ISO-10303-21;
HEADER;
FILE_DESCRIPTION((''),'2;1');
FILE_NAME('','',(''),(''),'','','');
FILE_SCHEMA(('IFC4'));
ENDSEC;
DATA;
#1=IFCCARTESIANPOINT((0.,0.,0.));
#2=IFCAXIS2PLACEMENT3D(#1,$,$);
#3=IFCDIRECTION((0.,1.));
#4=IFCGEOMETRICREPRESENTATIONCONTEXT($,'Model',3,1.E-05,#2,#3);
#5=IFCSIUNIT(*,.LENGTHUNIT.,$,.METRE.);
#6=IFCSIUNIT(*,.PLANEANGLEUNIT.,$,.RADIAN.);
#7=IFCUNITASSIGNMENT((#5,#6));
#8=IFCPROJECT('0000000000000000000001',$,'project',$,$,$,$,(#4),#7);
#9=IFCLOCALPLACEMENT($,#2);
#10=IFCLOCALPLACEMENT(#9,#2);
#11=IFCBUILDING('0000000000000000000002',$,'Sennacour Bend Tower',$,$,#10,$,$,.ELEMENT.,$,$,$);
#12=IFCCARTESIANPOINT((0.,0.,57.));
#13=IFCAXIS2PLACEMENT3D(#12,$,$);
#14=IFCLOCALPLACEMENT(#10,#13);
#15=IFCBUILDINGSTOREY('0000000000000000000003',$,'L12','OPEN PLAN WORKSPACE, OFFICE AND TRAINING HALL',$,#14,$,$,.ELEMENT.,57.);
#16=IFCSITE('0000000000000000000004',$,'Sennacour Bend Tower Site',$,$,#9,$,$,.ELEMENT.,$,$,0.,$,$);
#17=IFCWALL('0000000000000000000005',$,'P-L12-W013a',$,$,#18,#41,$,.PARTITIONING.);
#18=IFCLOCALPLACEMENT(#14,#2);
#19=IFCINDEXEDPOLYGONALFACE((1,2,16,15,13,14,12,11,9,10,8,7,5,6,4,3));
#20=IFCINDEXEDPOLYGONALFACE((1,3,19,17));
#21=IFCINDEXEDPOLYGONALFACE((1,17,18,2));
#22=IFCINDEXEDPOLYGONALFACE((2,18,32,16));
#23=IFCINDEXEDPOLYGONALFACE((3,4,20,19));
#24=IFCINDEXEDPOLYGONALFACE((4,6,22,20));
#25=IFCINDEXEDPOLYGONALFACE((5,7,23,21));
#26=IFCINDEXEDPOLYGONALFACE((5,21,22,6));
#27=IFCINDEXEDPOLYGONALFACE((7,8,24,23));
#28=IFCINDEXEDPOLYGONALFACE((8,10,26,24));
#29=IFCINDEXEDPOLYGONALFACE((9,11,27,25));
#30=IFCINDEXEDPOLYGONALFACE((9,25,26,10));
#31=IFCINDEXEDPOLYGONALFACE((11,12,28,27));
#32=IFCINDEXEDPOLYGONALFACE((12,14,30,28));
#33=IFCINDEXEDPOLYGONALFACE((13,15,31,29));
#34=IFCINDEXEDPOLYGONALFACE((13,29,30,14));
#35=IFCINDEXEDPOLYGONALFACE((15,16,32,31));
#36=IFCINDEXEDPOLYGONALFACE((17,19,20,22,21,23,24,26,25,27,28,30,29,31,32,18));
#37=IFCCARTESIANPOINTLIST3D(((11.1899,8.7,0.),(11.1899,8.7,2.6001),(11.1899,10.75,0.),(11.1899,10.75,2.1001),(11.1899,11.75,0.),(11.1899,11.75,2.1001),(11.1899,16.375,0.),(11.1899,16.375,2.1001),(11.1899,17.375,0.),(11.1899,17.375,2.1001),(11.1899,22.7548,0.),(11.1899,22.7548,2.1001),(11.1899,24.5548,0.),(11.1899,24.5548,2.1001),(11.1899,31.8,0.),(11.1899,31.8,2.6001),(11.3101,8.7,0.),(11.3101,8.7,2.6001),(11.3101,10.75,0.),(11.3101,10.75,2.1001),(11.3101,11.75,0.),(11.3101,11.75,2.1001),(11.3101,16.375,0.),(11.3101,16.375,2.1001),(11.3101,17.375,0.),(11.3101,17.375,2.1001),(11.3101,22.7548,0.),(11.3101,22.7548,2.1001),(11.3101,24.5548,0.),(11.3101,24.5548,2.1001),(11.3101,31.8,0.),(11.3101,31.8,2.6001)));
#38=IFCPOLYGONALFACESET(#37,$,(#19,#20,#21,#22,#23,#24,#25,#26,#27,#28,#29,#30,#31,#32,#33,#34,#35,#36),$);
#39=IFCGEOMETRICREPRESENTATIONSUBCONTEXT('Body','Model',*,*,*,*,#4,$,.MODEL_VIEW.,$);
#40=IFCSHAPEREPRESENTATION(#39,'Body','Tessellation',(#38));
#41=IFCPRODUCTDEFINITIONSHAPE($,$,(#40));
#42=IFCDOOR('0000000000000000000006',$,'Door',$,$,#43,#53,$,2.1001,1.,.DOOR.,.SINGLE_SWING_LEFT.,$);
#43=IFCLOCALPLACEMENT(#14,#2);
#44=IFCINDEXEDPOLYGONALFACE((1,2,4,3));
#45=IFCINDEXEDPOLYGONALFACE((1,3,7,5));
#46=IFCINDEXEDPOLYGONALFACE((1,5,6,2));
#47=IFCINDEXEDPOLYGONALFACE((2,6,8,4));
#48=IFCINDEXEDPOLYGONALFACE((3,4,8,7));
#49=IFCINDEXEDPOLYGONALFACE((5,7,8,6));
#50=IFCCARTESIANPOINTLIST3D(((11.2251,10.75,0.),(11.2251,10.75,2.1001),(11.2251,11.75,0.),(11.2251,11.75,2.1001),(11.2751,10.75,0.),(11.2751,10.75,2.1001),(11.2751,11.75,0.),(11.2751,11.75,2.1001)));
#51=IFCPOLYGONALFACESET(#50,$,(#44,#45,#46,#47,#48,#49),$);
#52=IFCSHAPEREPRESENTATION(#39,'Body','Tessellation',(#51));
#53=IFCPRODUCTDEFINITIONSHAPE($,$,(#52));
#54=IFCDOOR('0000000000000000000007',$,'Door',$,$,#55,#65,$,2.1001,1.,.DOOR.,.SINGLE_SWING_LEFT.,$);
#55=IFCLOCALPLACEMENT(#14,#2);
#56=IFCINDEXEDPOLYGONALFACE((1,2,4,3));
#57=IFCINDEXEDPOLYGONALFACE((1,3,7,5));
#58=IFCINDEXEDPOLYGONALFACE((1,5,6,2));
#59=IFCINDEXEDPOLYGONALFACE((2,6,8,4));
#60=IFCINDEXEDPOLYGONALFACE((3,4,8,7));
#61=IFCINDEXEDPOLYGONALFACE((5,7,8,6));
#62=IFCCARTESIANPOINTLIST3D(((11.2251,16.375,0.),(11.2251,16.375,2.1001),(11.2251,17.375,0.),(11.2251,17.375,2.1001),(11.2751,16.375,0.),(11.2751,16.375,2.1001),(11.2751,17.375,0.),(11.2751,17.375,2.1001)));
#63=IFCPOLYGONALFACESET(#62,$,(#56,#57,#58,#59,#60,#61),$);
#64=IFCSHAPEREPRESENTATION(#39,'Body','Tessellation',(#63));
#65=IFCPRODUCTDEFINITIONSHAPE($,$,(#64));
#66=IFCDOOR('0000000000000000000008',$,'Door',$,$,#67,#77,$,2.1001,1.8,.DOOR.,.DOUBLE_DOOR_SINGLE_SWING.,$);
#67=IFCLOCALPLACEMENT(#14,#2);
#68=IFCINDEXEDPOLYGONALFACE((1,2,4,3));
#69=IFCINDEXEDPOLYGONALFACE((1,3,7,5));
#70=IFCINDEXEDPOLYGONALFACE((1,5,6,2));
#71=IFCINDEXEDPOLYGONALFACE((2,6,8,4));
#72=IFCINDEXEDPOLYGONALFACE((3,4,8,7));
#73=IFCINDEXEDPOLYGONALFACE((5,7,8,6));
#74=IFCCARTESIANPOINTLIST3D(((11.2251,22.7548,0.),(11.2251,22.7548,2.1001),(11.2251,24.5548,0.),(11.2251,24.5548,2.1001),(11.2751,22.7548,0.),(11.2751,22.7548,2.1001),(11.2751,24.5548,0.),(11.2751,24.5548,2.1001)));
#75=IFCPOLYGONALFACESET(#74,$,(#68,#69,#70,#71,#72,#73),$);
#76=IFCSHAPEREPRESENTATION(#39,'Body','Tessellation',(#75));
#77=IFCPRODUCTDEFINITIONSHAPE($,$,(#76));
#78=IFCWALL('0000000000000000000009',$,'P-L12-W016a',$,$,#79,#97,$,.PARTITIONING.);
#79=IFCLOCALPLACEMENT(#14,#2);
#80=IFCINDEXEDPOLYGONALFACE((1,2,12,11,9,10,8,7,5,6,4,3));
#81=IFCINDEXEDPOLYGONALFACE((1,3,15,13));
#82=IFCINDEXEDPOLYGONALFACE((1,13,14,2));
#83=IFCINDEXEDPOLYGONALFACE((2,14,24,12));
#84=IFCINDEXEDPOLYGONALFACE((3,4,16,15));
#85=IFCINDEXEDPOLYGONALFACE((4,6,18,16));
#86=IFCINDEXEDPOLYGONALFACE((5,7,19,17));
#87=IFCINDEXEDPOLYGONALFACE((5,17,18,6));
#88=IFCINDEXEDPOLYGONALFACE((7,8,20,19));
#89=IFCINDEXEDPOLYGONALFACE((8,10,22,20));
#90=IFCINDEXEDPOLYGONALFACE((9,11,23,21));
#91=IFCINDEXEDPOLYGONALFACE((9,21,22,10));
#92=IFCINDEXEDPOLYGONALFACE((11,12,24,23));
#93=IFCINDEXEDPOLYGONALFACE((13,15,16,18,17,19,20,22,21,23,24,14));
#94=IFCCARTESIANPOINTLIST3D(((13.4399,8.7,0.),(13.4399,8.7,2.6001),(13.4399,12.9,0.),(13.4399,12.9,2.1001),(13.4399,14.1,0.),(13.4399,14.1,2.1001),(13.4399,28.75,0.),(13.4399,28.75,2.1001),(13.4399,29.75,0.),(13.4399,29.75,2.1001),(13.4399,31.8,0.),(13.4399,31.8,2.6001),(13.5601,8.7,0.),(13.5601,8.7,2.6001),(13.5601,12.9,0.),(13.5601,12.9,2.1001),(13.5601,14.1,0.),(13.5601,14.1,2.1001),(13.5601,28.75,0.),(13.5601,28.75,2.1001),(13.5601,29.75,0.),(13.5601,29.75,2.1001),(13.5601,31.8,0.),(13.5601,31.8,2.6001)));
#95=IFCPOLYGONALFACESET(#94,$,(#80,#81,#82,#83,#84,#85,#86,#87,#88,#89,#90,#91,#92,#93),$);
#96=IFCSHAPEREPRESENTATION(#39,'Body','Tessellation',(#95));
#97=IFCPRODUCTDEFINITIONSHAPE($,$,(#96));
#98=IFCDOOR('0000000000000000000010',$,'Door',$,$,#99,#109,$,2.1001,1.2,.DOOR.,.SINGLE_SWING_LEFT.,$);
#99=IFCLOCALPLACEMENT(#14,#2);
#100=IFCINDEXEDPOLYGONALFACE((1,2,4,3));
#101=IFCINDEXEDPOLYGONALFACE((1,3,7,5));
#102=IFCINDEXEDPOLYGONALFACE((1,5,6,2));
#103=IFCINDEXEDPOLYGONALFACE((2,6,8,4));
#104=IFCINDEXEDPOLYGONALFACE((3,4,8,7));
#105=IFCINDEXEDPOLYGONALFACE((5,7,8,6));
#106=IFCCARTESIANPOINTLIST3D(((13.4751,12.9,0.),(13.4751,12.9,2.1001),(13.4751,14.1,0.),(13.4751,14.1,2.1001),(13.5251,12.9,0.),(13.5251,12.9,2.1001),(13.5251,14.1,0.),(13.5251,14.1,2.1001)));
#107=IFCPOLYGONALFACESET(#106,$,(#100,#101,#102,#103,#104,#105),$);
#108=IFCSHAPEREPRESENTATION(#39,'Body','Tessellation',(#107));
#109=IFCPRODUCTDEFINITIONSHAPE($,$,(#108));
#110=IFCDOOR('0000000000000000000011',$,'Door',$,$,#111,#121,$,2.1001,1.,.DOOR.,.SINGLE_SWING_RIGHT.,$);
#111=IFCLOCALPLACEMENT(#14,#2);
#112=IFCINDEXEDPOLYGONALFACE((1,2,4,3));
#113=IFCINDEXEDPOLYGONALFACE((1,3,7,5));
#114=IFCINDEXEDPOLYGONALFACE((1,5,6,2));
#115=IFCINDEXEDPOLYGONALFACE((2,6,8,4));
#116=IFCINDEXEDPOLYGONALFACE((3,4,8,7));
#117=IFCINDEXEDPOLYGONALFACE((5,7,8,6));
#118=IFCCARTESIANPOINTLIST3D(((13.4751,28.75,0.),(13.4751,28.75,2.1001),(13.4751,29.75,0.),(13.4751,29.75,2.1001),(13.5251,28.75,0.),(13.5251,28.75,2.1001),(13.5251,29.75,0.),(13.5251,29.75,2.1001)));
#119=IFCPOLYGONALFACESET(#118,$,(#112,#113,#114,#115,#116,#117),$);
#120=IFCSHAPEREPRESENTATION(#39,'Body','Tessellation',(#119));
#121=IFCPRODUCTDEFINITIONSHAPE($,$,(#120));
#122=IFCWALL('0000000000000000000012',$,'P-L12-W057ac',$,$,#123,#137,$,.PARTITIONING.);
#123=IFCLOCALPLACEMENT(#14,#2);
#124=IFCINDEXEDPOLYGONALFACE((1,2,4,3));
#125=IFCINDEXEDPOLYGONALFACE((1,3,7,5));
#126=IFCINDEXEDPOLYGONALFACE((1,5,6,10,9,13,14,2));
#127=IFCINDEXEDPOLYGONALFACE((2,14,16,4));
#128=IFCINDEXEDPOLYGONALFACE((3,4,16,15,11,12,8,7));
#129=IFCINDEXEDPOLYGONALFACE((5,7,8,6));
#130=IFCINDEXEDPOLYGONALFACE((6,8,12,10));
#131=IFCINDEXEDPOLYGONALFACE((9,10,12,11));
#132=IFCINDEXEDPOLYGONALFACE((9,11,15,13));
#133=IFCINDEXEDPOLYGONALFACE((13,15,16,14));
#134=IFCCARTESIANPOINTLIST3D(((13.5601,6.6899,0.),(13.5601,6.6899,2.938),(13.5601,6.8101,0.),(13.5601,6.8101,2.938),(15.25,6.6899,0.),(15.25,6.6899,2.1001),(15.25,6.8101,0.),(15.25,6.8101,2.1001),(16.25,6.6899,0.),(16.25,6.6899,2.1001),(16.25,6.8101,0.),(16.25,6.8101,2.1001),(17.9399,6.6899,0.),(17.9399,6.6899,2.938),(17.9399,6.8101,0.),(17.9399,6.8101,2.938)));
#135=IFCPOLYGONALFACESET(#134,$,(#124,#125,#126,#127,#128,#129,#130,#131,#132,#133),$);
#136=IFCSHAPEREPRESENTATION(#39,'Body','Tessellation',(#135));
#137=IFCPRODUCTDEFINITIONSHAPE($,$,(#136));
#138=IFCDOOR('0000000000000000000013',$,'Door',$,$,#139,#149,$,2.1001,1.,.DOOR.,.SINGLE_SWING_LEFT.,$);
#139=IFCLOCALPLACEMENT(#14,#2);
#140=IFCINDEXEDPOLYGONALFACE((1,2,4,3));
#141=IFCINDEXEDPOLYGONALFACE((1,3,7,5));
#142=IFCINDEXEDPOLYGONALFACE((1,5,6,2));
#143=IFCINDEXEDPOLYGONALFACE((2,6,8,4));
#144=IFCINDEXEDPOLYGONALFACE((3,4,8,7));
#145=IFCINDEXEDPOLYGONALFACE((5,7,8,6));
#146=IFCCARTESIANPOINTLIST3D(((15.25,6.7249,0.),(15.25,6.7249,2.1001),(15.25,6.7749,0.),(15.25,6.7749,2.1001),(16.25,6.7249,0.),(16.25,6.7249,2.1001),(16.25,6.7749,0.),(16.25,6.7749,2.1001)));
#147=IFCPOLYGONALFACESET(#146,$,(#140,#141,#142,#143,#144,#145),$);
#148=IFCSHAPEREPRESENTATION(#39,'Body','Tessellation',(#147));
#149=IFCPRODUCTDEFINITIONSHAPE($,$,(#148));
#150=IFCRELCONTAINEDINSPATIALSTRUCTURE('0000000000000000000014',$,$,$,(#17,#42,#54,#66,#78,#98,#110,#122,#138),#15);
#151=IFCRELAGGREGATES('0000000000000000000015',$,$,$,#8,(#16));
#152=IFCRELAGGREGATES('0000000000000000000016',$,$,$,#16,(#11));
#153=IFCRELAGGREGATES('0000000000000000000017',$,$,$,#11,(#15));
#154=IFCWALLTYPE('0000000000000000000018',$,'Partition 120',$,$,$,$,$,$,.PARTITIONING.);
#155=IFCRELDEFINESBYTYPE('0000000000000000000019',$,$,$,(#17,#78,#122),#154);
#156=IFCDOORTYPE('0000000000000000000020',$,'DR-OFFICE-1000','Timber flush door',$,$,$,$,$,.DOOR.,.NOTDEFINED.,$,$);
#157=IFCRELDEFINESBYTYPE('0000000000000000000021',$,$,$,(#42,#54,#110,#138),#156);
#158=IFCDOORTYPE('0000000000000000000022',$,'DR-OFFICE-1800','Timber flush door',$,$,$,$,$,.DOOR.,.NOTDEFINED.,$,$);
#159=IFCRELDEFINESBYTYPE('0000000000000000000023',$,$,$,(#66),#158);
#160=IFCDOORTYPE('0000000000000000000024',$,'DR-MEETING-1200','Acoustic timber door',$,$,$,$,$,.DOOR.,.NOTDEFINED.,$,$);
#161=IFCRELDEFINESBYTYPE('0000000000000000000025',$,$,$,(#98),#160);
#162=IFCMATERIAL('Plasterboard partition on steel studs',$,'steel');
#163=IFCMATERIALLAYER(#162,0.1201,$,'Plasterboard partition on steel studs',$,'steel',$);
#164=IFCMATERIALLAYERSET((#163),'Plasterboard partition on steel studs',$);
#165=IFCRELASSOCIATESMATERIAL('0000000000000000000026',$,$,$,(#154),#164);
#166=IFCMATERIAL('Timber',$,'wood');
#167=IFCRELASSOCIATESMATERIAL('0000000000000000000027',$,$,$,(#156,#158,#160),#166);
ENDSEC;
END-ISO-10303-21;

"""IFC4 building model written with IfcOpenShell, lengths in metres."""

from ifc_helpers import new_model, si_unit, direction, frame, frame_2d, origin, place, context, subcontext, project, spatial, rectangle, extrude, material, layer, layer_set, type_object, element, fill, save


model = new_model("IFC4")

# Units and contexts
model_context = context("Model", 3, precision=1e-05, world=origin(), true_north=direction((0.0, 1.0)))
body_context = subcontext(model_context, "Body", "Model", "MODEL_VIEW")
ifc_project = project(units=[si_unit("LENGTHUNIT", "METRE"), si_unit("PLANEANGLEUNIT", "RADIAN")], contexts=[model_context])

# Site, building, storey
site_placement = place(None, origin())
site = spatial("IfcSite", under=ifc_project, at=site_placement, Name="Sennacour Bend Tower Site", CompositionType="ELEMENT", RefElevation=0.0)
building_placement = place(site_placement, origin())
building = spatial("IfcBuilding", under=site, at=building_placement, Name="Sennacour Bend Tower", CompositionType="ELEMENT")
storey_placement = place(building_placement, frame((0.0, 0.0, 57.0)))
storey = spatial("IfcBuildingStorey", under=building, at=storey_placement, Name="L12", Description="OPEN PLAN WORKSPACE, OFFICE AND TRAINING HALL", CompositionType="ELEMENT", Elevation=57.0)

# Walls, openings, doors
ifc_material_1 = material(Name="Plasterboard partition on steel studs", Category="steel")
ifc_layer_1 = layer(ifc_material_1, 0.1201, Name="Plasterboard partition on steel studs", Category="steel")
ifc_layer_set_1 = layer_set([ifc_layer_1], Name="Plasterboard partition on steel studs")
wall_type_1 = type_object("IfcWallType", Name="Partition 120", PredefinedType="PARTITIONING", material=ifc_layer_set_1)
wall_1_placement = place(storey_placement, frame((11.25, 8.7, 0.0), z_axis=(0.0, 0.0, 1.0), x_axis=(0.0, 1.0, 0.0)))
wall_1 = element("IfcWall", 1, at=wall_1_placement, inside=storey, type_object=wall_type_1, Name="P-L12-W013a", PredefinedType="PARTITIONING", context=body_context, shape_type="SweptSolid", body=[
    extrude(rectangle(XDim=23.1001, YDim=0.1201, at=frame_2d((11.55, 0.0))), origin(), (0.0, 0.0, 1.0), 2.6001),
])
opening_1_placement = place(wall_1_placement, frame((2.05, 0.0, 0.0)))
opening_1 = element("IfcOpeningElement", 2, at=opening_1_placement, cuts=wall_1, PredefinedType="OPENING", context=body_context, shape_type="SweptSolid", body=[
    extrude(rectangle(XDim=1.0, YDim=2.1001, at=frame_2d((0.5, 1.05))), frame((0.0, 0.0701, 0.0), z_axis=(0.0, -1.0, 0.0), x_axis=(1.0, 0.0, 0.0)), (0.0, 0.0, 1.0), 0.1401),
])
opening_2_placement = place(wall_1_placement, frame((7.675, 0.0, 0.0)))
opening_2 = element("IfcOpeningElement", 3, at=opening_2_placement, cuts=wall_1, PredefinedType="OPENING", context=body_context, shape_type="SweptSolid", body=[
    extrude(rectangle(XDim=1.0, YDim=2.1001, at=frame_2d((0.5, 1.05))), frame((0.0, 0.0701, 0.0), z_axis=(0.0, -1.0, 0.0), x_axis=(1.0, 0.0, 0.0)), (0.0, 0.0, 1.0), 0.1401),
])
opening_3_placement = place(wall_1_placement, frame((14.0549, 0.0, 0.0)))
opening_3 = element("IfcOpeningElement", 4, at=opening_3_placement, cuts=wall_1, PredefinedType="OPENING", context=body_context, shape_type="SweptSolid", body=[
    extrude(rectangle(XDim=1.8, YDim=2.1001, at=frame_2d((0.8999, 1.05))), frame((0.0, 0.0701, 0.0), z_axis=(0.0, -1.0, 0.0), x_axis=(1.0, 0.0, 0.0)), (0.0, 0.0, 1.0), 0.1401),
])
ifc_material_2 = material(Name="Timber", Category="wood")
door_type_1 = type_object("IfcDoorType", Name="DR-OFFICE-1000", Description="Timber flush door", OperationType="NOTDEFINED", PredefinedType="DOOR", material=ifc_material_2)
door_1_placement = place(opening_1_placement, origin())
door_1 = element("IfcDoor", 5, at=door_1_placement, inside=storey, type_object=door_type_1, Name="Door", OperationType="SINGLE_SWING_LEFT", OverallHeight=2.1001, OverallWidth=1.0, PredefinedType="DOOR", context=body_context, shape_type="SweptSolid", body=[
    extrude(rectangle(XDim=1.0, YDim=2.1001, at=frame_2d((0.5, 1.05))), frame((0.0, 0.0249, 0.0), z_axis=(0.0, -1.0, 0.0), x_axis=(1.0, 0.0, 0.0)), (0.0, 0.0, 1.0), 0.05),
])
fill(opening_1, door_1)
door_2_placement = place(opening_2_placement, origin())
door_2 = element("IfcDoor", 6, at=door_2_placement, inside=storey, type_object=door_type_1, Name="Door", OperationType="SINGLE_SWING_LEFT", OverallHeight=2.1001, OverallWidth=1.0, PredefinedType="DOOR", context=body_context, shape_type="SweptSolid", body=[
    extrude(rectangle(XDim=1.0, YDim=2.1001, at=frame_2d((0.5, 1.05))), frame((0.0, 0.0249, 0.0), z_axis=(0.0, -1.0, 0.0), x_axis=(1.0, 0.0, 0.0)), (0.0, 0.0, 1.0), 0.05),
])
fill(opening_2, door_2)
door_type_2 = type_object("IfcDoorType", Name="DR-OFFICE-1800", Description="Timber flush door", OperationType="NOTDEFINED", PredefinedType="DOOR", material=ifc_material_2)
door_3_placement = place(opening_3_placement, origin())
door_3 = element("IfcDoor", 7, at=door_3_placement, inside=storey, type_object=door_type_2, Name="Door", OperationType="DOUBLE_DOOR_SINGLE_SWING", OverallHeight=2.1001, OverallWidth=1.8, PredefinedType="DOOR", context=body_context, shape_type="SweptSolid", body=[
    extrude(rectangle(XDim=1.8, YDim=2.1001, at=frame_2d((0.8999, 1.05))), frame((0.0, 0.0249, 0.0), z_axis=(0.0, -1.0, 0.0), x_axis=(1.0, 0.0, 0.0)), (0.0, 0.0, 1.0), 0.05),
])
fill(opening_3, door_3)
wall_2_placement = place(storey_placement, frame((13.5, 8.7, 0.0), z_axis=(0.0, 0.0, 1.0), x_axis=(0.0, 1.0, 0.0)))
wall_2 = element("IfcWall", 8, at=wall_2_placement, inside=storey, type_object=wall_type_1, Name="P-L12-W016a", PredefinedType="PARTITIONING", context=body_context, shape_type="SweptSolid", body=[
    extrude(rectangle(XDim=23.1001, YDim=0.1201, at=frame_2d((11.55, 0.0))), origin(), (0.0, 0.0, 1.0), 2.6001),
])
opening_4_placement = place(wall_2_placement, frame((20.05, 0.0, 0.0)))
opening_4 = element("IfcOpeningElement", 9, at=opening_4_placement, cuts=wall_2, PredefinedType="OPENING", context=body_context, shape_type="SweptSolid", body=[
    extrude(rectangle(XDim=1.0, YDim=2.1001, at=frame_2d((0.5, 1.05))), frame((0.0, 0.0701, 0.0), z_axis=(0.0, -1.0, 0.0), x_axis=(1.0, 0.0, 0.0)), (0.0, 0.0, 1.0), 0.1401),
])
opening_5_placement = place(wall_2_placement, frame((4.2, 0.0, 0.0)))
opening_5 = element("IfcOpeningElement", 10, at=opening_5_placement, cuts=wall_2, PredefinedType="OPENING", context=body_context, shape_type="SweptSolid", body=[
    extrude(rectangle(XDim=1.2, YDim=2.1001, at=frame_2d((0.6001, 1.05))), frame((0.0, 0.0701, 0.0), z_axis=(0.0, -1.0, 0.0), x_axis=(1.0, 0.0, 0.0)), (0.0, 0.0, 1.0), 0.1401),
])
door_type_3 = type_object("IfcDoorType", Name="DR-MEETING-1200", Description="Acoustic timber door", OperationType="NOTDEFINED", PredefinedType="DOOR", material=ifc_material_2)
door_4_placement = place(opening_5_placement, origin())
door_4 = element("IfcDoor", 11, at=door_4_placement, inside=storey, type_object=door_type_3, Name="Door", OperationType="SINGLE_SWING_LEFT", OverallHeight=2.1001, OverallWidth=1.2, PredefinedType="DOOR", context=body_context, shape_type="SweptSolid", body=[
    extrude(rectangle(XDim=1.2, YDim=2.1001, at=frame_2d((0.6001, 1.05))), frame((0.0, 0.0249, 0.0), z_axis=(0.0, -1.0, 0.0), x_axis=(1.0, 0.0, 0.0)), (0.0, 0.0, 1.0), 0.05),
])
fill(opening_5, door_4)
door_5_placement = place(opening_4_placement, origin())
door_5 = element("IfcDoor", 12, at=door_5_placement, inside=storey, type_object=door_type_1, Name="Door", OperationType="SINGLE_SWING_RIGHT", OverallHeight=2.1001, OverallWidth=1.0, PredefinedType="DOOR", context=body_context, shape_type="SweptSolid", body=[
    extrude(rectangle(XDim=1.0, YDim=2.1001, at=frame_2d((0.5, 1.05))), frame((0.0, 0.0249, 0.0), z_axis=(0.0, -1.0, 0.0), x_axis=(1.0, 0.0, 0.0)), (0.0, 0.0, 1.0), 0.05),
])
fill(opening_4, door_5)

# Wall, opening, door
wall_3_placement = place(storey_placement, frame((13.5601, 6.75, 0.0), z_axis=(0.0, 0.0, 1.0), x_axis=(1.0, 0.0, 0.0)))
wall_3 = element("IfcWall", 13, at=wall_3_placement, inside=storey, type_object=wall_type_1, Name="P-L12-W057ac", PredefinedType="PARTITIONING", context=body_context, shape_type="SweptSolid", body=[
    extrude(rectangle(XDim=4.3799, YDim=0.1201, at=frame_2d((2.1899, 0.0))), origin(), (0.0, 0.0, 1.0), 2.938),
])
opening_6_placement = place(wall_3_placement, frame((1.6899, 0.0, 0.0)))
opening_6 = element("IfcOpeningElement", 14, at=opening_6_placement, cuts=wall_3, PredefinedType="OPENING", context=body_context, shape_type="SweptSolid", body=[
    extrude(rectangle(XDim=1.0, YDim=2.1001, at=frame_2d((0.5, 1.05))), frame((0.0, 0.0701, 0.0), z_axis=(0.0, -1.0, 0.0), x_axis=(1.0, 0.0, 0.0)), (0.0, 0.0, 1.0), 0.1401),
])
door_6_placement = place(opening_6_placement, origin())
door_6 = element("IfcDoor", 15, at=door_6_placement, inside=storey, type_object=door_type_1, Name="Door", OperationType="SINGLE_SWING_LEFT", OverallHeight=2.1001, OverallWidth=1.0, PredefinedType="DOOR", context=body_context, shape_type="SweptSolid", body=[
    extrude(rectangle(XDim=1.0, YDim=2.1001, at=frame_2d((0.5, 1.05))), frame((0.0, 0.0249, 0.0), z_axis=(0.0, -1.0, 0.0), x_axis=(1.0, 0.0, 0.0)), (0.0, 0.0, 1.0), 0.05),
])
fill(opening_6, door_6)

save(model, "model.ifc")
